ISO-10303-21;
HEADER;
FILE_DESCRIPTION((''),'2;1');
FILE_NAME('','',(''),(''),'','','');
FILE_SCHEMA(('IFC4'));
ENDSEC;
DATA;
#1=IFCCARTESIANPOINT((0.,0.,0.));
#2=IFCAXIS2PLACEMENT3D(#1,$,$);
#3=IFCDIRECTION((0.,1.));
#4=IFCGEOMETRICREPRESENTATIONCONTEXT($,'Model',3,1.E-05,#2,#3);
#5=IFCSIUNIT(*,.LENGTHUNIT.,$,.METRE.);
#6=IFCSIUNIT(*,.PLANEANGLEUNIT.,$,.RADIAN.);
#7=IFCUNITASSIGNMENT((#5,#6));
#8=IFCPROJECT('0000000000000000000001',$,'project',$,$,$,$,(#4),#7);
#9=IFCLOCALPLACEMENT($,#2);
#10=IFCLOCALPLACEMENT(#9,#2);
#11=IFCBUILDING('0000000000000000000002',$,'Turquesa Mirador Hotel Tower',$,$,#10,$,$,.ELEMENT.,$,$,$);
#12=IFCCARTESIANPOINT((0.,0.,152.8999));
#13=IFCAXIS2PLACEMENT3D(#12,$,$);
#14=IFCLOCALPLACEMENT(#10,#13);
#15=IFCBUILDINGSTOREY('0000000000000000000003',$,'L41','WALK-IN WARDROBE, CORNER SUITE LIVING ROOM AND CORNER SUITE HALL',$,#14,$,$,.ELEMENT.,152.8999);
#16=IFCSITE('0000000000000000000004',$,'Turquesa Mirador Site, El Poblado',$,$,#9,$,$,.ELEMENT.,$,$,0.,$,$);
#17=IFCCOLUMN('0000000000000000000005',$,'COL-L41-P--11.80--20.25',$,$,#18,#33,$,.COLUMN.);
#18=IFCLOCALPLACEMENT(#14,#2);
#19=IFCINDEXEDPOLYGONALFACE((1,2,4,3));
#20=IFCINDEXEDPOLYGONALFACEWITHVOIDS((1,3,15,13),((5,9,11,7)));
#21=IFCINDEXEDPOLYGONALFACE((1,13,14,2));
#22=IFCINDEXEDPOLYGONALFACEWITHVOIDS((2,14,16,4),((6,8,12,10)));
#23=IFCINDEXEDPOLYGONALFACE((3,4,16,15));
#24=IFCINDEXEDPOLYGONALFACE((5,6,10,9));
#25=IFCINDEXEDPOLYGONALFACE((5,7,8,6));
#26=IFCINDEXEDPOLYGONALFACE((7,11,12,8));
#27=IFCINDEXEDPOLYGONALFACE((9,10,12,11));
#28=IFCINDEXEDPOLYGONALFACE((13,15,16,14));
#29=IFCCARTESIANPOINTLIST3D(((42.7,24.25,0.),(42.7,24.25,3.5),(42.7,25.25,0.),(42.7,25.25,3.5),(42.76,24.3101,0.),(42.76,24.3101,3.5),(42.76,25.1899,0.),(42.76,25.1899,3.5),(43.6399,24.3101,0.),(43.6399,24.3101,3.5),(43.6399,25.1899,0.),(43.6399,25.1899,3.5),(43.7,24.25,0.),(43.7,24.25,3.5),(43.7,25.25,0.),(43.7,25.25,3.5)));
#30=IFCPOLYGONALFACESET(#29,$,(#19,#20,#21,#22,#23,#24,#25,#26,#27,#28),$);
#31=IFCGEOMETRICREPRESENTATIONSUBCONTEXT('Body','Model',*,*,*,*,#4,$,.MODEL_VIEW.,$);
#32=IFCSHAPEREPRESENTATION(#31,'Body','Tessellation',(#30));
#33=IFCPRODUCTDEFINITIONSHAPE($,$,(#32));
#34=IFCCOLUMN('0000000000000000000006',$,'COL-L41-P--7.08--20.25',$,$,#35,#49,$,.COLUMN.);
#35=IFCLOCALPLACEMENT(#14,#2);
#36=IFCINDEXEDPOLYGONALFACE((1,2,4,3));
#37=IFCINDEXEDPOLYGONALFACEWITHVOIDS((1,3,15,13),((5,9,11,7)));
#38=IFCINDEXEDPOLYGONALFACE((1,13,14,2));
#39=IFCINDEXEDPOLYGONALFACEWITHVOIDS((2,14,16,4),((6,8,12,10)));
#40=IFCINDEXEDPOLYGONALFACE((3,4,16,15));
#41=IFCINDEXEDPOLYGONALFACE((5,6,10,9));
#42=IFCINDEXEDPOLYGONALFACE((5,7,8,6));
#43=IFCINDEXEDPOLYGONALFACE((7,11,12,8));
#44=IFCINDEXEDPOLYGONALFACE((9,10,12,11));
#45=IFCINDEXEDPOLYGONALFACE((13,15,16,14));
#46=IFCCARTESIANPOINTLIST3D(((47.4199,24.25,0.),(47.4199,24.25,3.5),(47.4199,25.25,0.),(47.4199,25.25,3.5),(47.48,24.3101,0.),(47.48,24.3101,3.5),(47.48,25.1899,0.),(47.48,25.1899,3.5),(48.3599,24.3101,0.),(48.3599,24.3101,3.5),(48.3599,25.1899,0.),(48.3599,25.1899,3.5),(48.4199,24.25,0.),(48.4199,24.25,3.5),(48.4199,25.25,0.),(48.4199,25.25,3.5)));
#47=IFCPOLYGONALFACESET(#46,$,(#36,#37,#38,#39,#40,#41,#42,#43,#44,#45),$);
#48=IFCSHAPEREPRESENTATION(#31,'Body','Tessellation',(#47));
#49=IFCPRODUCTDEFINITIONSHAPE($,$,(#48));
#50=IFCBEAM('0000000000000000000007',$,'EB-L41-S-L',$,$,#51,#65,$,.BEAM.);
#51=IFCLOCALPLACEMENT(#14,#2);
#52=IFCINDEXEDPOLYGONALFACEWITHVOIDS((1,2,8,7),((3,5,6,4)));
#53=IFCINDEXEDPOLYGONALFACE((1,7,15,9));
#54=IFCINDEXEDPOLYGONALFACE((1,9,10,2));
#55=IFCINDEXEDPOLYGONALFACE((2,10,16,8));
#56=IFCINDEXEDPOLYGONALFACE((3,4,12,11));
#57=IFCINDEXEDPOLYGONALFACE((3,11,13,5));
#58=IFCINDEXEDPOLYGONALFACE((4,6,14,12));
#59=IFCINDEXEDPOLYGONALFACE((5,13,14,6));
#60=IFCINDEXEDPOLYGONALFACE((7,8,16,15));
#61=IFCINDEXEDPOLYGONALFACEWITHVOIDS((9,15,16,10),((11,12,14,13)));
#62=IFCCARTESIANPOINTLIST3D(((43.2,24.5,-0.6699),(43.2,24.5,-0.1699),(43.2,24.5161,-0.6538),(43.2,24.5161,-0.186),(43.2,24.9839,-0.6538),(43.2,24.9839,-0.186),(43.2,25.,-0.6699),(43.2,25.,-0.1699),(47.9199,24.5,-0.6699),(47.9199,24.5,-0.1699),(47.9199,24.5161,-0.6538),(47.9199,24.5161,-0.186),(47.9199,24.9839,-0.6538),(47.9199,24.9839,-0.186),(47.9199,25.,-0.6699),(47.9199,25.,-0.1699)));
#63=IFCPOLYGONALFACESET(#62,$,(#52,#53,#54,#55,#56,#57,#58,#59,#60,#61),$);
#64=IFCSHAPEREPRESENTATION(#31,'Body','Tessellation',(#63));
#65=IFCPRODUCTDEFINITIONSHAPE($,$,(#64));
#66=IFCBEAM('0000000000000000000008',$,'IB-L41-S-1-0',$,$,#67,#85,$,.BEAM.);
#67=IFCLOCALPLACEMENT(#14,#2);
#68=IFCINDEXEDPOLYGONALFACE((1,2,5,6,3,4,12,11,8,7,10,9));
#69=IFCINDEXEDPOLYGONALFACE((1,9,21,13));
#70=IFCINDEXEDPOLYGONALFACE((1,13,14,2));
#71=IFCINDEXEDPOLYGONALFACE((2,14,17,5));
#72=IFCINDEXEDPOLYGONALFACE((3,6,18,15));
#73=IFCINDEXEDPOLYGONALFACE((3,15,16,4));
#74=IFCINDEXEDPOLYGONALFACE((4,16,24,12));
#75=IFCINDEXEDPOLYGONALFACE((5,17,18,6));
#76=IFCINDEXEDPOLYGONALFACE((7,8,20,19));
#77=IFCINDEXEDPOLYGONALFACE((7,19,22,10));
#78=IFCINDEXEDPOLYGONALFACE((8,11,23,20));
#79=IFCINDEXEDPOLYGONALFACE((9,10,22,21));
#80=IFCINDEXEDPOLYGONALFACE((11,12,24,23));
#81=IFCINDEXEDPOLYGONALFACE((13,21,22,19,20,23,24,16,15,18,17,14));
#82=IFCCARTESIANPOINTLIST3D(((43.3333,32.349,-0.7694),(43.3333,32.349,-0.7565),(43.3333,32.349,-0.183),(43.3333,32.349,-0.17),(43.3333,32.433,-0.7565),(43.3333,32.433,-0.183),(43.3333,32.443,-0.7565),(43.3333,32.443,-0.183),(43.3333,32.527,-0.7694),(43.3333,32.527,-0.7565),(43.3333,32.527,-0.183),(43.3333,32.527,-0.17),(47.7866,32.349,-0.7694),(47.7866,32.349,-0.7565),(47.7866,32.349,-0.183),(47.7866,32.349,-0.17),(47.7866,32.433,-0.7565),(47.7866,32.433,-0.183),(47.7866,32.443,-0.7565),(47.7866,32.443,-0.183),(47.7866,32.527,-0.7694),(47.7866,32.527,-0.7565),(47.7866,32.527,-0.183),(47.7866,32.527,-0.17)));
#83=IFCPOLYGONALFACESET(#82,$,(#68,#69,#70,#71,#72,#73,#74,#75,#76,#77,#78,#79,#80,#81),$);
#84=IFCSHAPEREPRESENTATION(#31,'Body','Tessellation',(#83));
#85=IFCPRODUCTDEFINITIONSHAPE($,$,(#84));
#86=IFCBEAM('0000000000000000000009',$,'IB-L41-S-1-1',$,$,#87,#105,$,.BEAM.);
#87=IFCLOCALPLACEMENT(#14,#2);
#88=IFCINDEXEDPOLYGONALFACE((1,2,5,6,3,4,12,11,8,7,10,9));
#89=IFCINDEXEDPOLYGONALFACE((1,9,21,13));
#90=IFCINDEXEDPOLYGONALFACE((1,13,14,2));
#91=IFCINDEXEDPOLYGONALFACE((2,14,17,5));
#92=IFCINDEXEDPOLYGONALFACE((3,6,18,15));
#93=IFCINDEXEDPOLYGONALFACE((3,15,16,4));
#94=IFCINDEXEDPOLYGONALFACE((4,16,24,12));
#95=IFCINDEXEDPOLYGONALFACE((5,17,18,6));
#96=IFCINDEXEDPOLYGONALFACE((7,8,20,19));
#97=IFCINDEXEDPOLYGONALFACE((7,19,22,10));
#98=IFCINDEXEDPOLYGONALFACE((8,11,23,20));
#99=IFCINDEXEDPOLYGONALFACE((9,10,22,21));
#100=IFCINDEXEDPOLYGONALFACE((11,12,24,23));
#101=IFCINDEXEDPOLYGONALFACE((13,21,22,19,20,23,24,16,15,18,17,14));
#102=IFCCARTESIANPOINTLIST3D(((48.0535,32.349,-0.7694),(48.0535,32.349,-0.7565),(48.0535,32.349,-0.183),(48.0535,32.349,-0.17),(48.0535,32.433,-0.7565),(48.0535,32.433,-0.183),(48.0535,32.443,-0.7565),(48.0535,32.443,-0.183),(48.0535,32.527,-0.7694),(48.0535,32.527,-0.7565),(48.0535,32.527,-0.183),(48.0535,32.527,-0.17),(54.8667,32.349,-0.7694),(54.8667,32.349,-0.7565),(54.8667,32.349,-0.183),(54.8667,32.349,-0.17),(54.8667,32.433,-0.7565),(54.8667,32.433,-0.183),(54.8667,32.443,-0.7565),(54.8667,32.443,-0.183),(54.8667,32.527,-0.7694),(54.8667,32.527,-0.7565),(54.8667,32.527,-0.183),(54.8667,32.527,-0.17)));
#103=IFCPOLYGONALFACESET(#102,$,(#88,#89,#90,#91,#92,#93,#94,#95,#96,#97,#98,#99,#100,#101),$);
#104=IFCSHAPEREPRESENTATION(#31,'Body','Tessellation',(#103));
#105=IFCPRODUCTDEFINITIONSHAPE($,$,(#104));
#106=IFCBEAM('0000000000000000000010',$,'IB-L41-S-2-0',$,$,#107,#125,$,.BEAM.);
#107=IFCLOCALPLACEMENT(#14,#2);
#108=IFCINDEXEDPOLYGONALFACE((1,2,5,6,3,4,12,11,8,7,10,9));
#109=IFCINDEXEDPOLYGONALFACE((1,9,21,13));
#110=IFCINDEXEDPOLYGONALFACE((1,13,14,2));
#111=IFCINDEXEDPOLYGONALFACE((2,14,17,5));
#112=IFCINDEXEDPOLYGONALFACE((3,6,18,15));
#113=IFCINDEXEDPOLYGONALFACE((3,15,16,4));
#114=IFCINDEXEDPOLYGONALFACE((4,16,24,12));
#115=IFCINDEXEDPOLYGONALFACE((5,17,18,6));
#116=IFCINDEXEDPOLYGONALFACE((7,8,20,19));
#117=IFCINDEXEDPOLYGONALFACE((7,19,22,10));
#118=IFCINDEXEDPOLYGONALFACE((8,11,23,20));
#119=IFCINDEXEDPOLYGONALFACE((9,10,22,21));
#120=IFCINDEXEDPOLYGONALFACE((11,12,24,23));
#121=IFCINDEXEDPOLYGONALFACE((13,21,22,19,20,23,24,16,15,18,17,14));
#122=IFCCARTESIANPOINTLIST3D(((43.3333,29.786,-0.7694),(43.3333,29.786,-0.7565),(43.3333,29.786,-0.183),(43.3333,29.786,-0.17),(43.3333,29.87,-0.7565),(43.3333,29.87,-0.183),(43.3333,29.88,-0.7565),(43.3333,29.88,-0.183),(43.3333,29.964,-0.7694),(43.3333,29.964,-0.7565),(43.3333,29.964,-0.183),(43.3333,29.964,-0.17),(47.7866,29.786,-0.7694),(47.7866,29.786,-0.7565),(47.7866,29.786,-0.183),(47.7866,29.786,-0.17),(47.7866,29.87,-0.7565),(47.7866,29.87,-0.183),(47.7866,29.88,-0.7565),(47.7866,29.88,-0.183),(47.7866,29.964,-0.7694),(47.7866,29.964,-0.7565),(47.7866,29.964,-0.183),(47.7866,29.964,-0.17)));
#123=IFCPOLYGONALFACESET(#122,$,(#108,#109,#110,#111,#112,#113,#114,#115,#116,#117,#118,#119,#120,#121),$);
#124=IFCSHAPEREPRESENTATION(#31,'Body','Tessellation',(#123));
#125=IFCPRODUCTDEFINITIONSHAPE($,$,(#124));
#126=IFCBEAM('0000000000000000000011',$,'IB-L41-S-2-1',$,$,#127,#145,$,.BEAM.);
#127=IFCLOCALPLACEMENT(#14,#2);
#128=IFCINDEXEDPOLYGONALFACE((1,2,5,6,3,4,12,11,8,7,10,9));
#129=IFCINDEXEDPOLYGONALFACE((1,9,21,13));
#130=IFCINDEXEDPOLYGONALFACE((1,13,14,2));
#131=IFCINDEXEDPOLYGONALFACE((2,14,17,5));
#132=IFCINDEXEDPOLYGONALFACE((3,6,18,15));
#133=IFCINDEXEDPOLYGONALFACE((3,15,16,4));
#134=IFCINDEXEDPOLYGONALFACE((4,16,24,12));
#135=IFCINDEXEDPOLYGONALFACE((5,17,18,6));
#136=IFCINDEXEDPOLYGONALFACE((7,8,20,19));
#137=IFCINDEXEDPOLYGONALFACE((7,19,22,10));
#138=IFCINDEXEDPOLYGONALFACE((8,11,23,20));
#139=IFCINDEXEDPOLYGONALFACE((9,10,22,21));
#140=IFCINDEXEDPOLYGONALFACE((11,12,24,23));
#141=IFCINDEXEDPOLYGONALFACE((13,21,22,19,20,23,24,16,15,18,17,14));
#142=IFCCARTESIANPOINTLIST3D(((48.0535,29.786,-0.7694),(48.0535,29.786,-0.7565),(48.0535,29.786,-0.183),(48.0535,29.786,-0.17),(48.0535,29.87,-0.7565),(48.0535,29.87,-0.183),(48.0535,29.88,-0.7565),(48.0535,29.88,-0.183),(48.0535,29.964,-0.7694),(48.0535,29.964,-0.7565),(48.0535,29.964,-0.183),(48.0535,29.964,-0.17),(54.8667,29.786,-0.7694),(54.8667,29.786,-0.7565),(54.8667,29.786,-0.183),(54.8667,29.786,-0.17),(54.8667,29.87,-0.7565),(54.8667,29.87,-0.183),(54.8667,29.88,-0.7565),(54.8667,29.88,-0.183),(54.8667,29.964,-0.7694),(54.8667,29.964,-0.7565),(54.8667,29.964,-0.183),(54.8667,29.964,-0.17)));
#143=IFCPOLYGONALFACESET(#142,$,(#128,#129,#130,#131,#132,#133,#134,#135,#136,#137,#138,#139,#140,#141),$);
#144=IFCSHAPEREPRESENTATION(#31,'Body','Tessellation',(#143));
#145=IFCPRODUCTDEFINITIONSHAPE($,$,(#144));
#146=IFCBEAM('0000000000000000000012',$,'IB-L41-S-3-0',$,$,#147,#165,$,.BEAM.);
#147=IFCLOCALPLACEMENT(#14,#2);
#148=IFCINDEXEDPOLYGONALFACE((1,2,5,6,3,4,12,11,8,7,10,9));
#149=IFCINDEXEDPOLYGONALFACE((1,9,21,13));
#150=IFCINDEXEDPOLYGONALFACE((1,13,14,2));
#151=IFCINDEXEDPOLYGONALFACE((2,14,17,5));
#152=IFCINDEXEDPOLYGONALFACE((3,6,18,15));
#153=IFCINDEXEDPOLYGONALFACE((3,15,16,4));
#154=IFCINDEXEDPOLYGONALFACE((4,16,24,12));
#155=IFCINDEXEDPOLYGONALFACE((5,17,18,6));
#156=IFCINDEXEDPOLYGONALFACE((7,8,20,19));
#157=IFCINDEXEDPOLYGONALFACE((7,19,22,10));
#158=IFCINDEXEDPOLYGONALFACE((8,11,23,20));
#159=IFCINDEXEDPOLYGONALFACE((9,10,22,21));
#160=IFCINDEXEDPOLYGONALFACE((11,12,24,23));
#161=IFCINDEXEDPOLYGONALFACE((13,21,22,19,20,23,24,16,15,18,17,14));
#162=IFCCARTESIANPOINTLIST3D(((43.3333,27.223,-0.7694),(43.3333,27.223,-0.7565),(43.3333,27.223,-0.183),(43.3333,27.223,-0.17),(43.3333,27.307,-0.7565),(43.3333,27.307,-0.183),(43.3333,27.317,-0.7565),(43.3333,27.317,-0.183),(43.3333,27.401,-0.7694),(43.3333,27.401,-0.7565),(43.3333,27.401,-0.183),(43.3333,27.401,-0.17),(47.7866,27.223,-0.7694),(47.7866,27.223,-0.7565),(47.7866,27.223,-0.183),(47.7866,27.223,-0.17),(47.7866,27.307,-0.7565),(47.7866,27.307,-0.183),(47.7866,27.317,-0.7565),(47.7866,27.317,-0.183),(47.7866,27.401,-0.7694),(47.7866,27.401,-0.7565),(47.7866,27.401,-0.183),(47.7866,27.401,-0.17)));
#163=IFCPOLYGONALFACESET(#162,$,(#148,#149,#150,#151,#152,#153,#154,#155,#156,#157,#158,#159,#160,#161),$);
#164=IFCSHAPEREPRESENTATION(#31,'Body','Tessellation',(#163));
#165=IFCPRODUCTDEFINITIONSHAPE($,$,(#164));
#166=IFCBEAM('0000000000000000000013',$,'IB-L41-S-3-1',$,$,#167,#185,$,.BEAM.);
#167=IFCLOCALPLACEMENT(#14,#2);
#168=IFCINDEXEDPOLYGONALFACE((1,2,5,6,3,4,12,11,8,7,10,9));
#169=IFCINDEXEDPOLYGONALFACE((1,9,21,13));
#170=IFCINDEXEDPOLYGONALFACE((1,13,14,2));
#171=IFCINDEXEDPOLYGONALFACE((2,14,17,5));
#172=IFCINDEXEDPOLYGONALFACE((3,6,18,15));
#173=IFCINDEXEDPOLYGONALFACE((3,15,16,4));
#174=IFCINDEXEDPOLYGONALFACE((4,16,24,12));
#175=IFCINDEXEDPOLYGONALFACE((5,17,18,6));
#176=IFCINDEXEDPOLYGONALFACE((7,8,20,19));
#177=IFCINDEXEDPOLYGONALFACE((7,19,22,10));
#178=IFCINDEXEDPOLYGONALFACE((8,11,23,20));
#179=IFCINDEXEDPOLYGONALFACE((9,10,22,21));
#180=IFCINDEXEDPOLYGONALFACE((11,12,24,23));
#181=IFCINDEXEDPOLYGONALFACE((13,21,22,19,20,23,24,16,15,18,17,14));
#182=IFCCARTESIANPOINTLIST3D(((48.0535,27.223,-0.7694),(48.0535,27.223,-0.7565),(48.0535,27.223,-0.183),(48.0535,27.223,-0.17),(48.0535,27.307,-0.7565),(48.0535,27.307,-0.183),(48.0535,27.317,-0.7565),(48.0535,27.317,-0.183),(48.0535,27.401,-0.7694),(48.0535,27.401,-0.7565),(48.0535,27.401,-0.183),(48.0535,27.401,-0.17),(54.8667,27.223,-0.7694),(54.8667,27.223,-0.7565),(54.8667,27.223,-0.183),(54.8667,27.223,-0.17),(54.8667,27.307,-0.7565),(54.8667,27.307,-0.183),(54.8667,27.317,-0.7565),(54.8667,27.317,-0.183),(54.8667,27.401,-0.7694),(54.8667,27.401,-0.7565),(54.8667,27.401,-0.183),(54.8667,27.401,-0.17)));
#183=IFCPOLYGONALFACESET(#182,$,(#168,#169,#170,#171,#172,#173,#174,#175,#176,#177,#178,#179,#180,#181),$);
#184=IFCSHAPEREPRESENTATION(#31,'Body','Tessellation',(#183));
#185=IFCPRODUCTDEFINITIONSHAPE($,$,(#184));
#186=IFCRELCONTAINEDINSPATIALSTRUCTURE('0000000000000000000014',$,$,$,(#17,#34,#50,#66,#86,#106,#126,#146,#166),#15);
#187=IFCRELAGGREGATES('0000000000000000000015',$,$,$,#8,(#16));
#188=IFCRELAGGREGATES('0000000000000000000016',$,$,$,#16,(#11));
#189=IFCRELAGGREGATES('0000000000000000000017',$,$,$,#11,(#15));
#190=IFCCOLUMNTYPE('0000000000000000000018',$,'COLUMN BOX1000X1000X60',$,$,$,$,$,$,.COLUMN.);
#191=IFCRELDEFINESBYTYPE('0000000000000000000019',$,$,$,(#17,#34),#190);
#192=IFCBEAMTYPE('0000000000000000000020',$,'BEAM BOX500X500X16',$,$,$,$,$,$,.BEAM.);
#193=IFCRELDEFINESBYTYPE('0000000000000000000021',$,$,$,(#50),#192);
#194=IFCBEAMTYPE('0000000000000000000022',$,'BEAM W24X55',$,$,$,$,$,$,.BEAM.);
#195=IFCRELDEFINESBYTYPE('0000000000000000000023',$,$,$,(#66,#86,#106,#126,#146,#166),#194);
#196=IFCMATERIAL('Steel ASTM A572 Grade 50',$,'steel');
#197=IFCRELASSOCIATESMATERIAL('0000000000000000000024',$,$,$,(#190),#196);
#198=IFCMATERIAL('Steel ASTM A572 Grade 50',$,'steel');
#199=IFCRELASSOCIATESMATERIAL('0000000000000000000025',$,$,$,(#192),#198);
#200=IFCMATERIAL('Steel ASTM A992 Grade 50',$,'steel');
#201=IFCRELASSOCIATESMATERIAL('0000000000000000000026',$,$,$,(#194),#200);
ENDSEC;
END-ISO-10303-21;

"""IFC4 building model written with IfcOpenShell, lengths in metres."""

from ifc_helpers import new_model, si_unit, direction, frame, origin, origin_2d, place, context, subcontext, project, spatial, hollow_rectangle, i_section, extrude, material, material_profile, profile_set, type_object, element, save


model = new_model("IFC4")

# Units and contexts
model_context = context("Model", 3, precision=1e-05, world=origin(), true_north=direction((0.0, 1.0)))
body_context = subcontext(model_context, "Body", "Model", "MODEL_VIEW")
ifc_project = project(units=[si_unit("LENGTHUNIT", "METRE"), si_unit("PLANEANGLEUNIT", "RADIAN")], contexts=[model_context])

# Site, building, storey
site_placement = place(None, origin())
site = spatial("IfcSite", under=ifc_project, at=site_placement, Name="Turquesa Mirador Site, El Poblado", CompositionType="ELEMENT", RefElevation=0.0)
building_placement = place(site_placement, origin())
building = spatial("IfcBuilding", under=site, at=building_placement, Name="Turquesa Mirador Hotel Tower", CompositionType="ELEMENT")
storey_placement = place(building_placement, frame((0.0, 0.0, 152.8999)))
storey = spatial("IfcBuildingStorey", under=building, at=storey_placement, Name="L41", Description="WALK-IN WARDROBE, CORNER SUITE LIVING ROOM AND CORNER SUITE HALL", CompositionType="ELEMENT", Elevation=152.8999)

# Columns
ifc_material_1 = material(Name="Steel ASTM A572 Grade 50", Category="steel")
ifc_material_profile_1 = material_profile(ifc_material_1, hollow_rectangle(XDim=1.0, YDim=1.0, WallThickness=0.0601, at=origin_2d()), Name="BOX1000X1000X60")
ifc_profile_set_1 = profile_set([ifc_material_profile_1], Name="Steel ASTM A572 Grade 50")
column_type = type_object("IfcColumnType", Name="COLUMN BOX1000X1000X60", PredefinedType="COLUMN", material=ifc_profile_set_1)
for number, where, z_axis, x_axis, name in (
    (1, (43.2, 24.75, 0.0), (0.0, 0.0, 1.0), (1.0, 0.0, 0.0), "COL-L41-P--11.80--20.25"),
    (2, (47.9199, 24.75, 0.0), (0.0, 0.0, 1.0), (1.0, 0.0, 0.0), "COL-L41-P--7.08--20.25"),
):
    element("IfcColumn", number, at=place(storey_placement, frame(where, z_axis=z_axis, x_axis=x_axis)), inside=storey, type_object=column_type, Name=name, PredefinedType="COLUMN", context=body_context, shape_type="SweptSolid", body=[
        extrude(hollow_rectangle(XDim=1.0, YDim=1.0, WallThickness=0.0601, at=origin_2d()), origin(), (0.0, 0.0, 1.0), 3.5),
    ])

# Beams
ifc_material_2 = material(Name="Steel ASTM A572 Grade 50", Category="steel")
ifc_material_profile_2 = material_profile(ifc_material_2, hollow_rectangle(XDim=0.5, YDim=0.5, WallThickness=0.0161, at=origin_2d()), Name="BOX500X500X16")
ifc_profile_set_2 = profile_set([ifc_material_profile_2], Name="Steel ASTM A572 Grade 50")
beam_type_1 = type_object("IfcBeamType", Name="BEAM BOX500X500X16", PredefinedType="BEAM", material=ifc_profile_set_2)
beam_1_placement = place(storey_placement, frame((43.2, 24.75, -0.4199), z_axis=(1.0, 0.0, 0.0), x_axis=(0.0, 1.0, 0.0)))
element("IfcBeam", 3, at=beam_1_placement, inside=storey, type_object=beam_type_1, Name="EB-L41-S-L", PredefinedType="BEAM", context=body_context, shape_type="SweptSolid", body=[
    extrude(hollow_rectangle(XDim=0.5, YDim=0.5, WallThickness=0.0161, at=origin_2d()), origin(), (0.0, 0.0, 1.0), 4.72),
])
ifc_material_3 = material(Name="Steel ASTM A992 Grade 50", Category="steel")
ifc_material_profile_3 = material_profile(ifc_material_3, i_section(OverallWidth=0.178, OverallDepth=0.5994, WebThickness=0.01, FlangeThickness=0.0129, at=origin_2d()), Name="W24X55")
ifc_profile_set_3 = profile_set([ifc_material_profile_3], Name="Steel ASTM A992 Grade 50")
beam_type_2 = type_object("IfcBeamType", Name="BEAM W24X55", PredefinedType="BEAM", material=ifc_profile_set_3)
beam_2_placement = place(storey_placement, frame((43.3333, 32.438, -0.4697), z_axis=(1.0, 0.0, 0.0), x_axis=(0.0, 1.0, 0.0)))
element("IfcBeam", 4, at=beam_2_placement, inside=storey, type_object=beam_type_2, Name="IB-L41-S-1-0", PredefinedType="BEAM", context=body_context, shape_type="SweptSolid", body=[
    extrude(i_section(OverallWidth=0.178, OverallDepth=0.5994, WebThickness=0.01, FlangeThickness=0.0129, at=origin_2d()), origin(), (0.0, 0.0, 1.0), 4.4534),
])
beam_3_placement = place(storey_placement, frame((48.0535, 32.438, -0.4697), z_axis=(1.0, 0.0, 0.0), x_axis=(0.0, 1.0, 0.0)))
element("IfcBeam", 5, at=beam_3_placement, inside=storey, type_object=beam_type_2, Name="IB-L41-S-1-1", PredefinedType="BEAM", context=body_context, shape_type="SweptSolid", body=[
    extrude(i_section(OverallWidth=0.178, OverallDepth=0.5994, WebThickness=0.01, FlangeThickness=0.0129, at=origin_2d()), origin(), (0.0, 0.0, 1.0), 6.8132),
])
beam_4_placement = place(storey_placement, frame((43.3333, 29.875, -0.4697), z_axis=(1.0, 0.0, 0.0), x_axis=(0.0, 1.0, 0.0)))
element("IfcBeam", 6, at=beam_4_placement, inside=storey, type_object=beam_type_2, Name="IB-L41-S-2-0", PredefinedType="BEAM", context=body_context, shape_type="SweptSolid", body=[
    extrude(i_section(OverallWidth=0.178, OverallDepth=0.5994, WebThickness=0.01, FlangeThickness=0.0129, at=origin_2d()), origin(), (0.0, 0.0, 1.0), 4.4534),
])
beam_5_placement = place(storey_placement, frame((48.0535, 29.875, -0.4697), z_axis=(1.0, 0.0, 0.0), x_axis=(0.0, 1.0, 0.0)))
element("IfcBeam", 7, at=beam_5_placement, inside=storey, type_object=beam_type_2, Name="IB-L41-S-2-1", PredefinedType="BEAM", context=body_context, shape_type="SweptSolid", body=[
    extrude(i_section(OverallWidth=0.178, OverallDepth=0.5994, WebThickness=0.01, FlangeThickness=0.0129, at=origin_2d()), origin(), (0.0, 0.0, 1.0), 6.8132),
])
beam_6_placement = place(storey_placement, frame((43.3333, 27.312, -0.4697), z_axis=(1.0, 0.0, 0.0), x_axis=(0.0, 1.0, 0.0)))
element("IfcBeam", 8, at=beam_6_placement, inside=storey, type_object=beam_type_2, Name="IB-L41-S-3-0", PredefinedType="BEAM", context=body_context, shape_type="SweptSolid", body=[
    extrude(i_section(OverallWidth=0.178, OverallDepth=0.5994, WebThickness=0.01, FlangeThickness=0.0129, at=origin_2d()), origin(), (0.0, 0.0, 1.0), 4.4534),
])
beam_7_placement = place(storey_placement, frame((48.0535, 27.312, -0.4697), z_axis=(1.0, 0.0, 0.0), x_axis=(0.0, 1.0, 0.0)))
element("IfcBeam", 9, at=beam_7_placement, inside=storey, type_object=beam_type_2, Name="IB-L41-S-3-1", PredefinedType="BEAM", context=body_context, shape_type="SweptSolid", body=[
    extrude(i_section(OverallWidth=0.178, OverallDepth=0.5994, WebThickness=0.01, FlangeThickness=0.0129, at=origin_2d()), origin(), (0.0, 0.0, 1.0), 6.8132),
])

save(model, "model.ifc")
